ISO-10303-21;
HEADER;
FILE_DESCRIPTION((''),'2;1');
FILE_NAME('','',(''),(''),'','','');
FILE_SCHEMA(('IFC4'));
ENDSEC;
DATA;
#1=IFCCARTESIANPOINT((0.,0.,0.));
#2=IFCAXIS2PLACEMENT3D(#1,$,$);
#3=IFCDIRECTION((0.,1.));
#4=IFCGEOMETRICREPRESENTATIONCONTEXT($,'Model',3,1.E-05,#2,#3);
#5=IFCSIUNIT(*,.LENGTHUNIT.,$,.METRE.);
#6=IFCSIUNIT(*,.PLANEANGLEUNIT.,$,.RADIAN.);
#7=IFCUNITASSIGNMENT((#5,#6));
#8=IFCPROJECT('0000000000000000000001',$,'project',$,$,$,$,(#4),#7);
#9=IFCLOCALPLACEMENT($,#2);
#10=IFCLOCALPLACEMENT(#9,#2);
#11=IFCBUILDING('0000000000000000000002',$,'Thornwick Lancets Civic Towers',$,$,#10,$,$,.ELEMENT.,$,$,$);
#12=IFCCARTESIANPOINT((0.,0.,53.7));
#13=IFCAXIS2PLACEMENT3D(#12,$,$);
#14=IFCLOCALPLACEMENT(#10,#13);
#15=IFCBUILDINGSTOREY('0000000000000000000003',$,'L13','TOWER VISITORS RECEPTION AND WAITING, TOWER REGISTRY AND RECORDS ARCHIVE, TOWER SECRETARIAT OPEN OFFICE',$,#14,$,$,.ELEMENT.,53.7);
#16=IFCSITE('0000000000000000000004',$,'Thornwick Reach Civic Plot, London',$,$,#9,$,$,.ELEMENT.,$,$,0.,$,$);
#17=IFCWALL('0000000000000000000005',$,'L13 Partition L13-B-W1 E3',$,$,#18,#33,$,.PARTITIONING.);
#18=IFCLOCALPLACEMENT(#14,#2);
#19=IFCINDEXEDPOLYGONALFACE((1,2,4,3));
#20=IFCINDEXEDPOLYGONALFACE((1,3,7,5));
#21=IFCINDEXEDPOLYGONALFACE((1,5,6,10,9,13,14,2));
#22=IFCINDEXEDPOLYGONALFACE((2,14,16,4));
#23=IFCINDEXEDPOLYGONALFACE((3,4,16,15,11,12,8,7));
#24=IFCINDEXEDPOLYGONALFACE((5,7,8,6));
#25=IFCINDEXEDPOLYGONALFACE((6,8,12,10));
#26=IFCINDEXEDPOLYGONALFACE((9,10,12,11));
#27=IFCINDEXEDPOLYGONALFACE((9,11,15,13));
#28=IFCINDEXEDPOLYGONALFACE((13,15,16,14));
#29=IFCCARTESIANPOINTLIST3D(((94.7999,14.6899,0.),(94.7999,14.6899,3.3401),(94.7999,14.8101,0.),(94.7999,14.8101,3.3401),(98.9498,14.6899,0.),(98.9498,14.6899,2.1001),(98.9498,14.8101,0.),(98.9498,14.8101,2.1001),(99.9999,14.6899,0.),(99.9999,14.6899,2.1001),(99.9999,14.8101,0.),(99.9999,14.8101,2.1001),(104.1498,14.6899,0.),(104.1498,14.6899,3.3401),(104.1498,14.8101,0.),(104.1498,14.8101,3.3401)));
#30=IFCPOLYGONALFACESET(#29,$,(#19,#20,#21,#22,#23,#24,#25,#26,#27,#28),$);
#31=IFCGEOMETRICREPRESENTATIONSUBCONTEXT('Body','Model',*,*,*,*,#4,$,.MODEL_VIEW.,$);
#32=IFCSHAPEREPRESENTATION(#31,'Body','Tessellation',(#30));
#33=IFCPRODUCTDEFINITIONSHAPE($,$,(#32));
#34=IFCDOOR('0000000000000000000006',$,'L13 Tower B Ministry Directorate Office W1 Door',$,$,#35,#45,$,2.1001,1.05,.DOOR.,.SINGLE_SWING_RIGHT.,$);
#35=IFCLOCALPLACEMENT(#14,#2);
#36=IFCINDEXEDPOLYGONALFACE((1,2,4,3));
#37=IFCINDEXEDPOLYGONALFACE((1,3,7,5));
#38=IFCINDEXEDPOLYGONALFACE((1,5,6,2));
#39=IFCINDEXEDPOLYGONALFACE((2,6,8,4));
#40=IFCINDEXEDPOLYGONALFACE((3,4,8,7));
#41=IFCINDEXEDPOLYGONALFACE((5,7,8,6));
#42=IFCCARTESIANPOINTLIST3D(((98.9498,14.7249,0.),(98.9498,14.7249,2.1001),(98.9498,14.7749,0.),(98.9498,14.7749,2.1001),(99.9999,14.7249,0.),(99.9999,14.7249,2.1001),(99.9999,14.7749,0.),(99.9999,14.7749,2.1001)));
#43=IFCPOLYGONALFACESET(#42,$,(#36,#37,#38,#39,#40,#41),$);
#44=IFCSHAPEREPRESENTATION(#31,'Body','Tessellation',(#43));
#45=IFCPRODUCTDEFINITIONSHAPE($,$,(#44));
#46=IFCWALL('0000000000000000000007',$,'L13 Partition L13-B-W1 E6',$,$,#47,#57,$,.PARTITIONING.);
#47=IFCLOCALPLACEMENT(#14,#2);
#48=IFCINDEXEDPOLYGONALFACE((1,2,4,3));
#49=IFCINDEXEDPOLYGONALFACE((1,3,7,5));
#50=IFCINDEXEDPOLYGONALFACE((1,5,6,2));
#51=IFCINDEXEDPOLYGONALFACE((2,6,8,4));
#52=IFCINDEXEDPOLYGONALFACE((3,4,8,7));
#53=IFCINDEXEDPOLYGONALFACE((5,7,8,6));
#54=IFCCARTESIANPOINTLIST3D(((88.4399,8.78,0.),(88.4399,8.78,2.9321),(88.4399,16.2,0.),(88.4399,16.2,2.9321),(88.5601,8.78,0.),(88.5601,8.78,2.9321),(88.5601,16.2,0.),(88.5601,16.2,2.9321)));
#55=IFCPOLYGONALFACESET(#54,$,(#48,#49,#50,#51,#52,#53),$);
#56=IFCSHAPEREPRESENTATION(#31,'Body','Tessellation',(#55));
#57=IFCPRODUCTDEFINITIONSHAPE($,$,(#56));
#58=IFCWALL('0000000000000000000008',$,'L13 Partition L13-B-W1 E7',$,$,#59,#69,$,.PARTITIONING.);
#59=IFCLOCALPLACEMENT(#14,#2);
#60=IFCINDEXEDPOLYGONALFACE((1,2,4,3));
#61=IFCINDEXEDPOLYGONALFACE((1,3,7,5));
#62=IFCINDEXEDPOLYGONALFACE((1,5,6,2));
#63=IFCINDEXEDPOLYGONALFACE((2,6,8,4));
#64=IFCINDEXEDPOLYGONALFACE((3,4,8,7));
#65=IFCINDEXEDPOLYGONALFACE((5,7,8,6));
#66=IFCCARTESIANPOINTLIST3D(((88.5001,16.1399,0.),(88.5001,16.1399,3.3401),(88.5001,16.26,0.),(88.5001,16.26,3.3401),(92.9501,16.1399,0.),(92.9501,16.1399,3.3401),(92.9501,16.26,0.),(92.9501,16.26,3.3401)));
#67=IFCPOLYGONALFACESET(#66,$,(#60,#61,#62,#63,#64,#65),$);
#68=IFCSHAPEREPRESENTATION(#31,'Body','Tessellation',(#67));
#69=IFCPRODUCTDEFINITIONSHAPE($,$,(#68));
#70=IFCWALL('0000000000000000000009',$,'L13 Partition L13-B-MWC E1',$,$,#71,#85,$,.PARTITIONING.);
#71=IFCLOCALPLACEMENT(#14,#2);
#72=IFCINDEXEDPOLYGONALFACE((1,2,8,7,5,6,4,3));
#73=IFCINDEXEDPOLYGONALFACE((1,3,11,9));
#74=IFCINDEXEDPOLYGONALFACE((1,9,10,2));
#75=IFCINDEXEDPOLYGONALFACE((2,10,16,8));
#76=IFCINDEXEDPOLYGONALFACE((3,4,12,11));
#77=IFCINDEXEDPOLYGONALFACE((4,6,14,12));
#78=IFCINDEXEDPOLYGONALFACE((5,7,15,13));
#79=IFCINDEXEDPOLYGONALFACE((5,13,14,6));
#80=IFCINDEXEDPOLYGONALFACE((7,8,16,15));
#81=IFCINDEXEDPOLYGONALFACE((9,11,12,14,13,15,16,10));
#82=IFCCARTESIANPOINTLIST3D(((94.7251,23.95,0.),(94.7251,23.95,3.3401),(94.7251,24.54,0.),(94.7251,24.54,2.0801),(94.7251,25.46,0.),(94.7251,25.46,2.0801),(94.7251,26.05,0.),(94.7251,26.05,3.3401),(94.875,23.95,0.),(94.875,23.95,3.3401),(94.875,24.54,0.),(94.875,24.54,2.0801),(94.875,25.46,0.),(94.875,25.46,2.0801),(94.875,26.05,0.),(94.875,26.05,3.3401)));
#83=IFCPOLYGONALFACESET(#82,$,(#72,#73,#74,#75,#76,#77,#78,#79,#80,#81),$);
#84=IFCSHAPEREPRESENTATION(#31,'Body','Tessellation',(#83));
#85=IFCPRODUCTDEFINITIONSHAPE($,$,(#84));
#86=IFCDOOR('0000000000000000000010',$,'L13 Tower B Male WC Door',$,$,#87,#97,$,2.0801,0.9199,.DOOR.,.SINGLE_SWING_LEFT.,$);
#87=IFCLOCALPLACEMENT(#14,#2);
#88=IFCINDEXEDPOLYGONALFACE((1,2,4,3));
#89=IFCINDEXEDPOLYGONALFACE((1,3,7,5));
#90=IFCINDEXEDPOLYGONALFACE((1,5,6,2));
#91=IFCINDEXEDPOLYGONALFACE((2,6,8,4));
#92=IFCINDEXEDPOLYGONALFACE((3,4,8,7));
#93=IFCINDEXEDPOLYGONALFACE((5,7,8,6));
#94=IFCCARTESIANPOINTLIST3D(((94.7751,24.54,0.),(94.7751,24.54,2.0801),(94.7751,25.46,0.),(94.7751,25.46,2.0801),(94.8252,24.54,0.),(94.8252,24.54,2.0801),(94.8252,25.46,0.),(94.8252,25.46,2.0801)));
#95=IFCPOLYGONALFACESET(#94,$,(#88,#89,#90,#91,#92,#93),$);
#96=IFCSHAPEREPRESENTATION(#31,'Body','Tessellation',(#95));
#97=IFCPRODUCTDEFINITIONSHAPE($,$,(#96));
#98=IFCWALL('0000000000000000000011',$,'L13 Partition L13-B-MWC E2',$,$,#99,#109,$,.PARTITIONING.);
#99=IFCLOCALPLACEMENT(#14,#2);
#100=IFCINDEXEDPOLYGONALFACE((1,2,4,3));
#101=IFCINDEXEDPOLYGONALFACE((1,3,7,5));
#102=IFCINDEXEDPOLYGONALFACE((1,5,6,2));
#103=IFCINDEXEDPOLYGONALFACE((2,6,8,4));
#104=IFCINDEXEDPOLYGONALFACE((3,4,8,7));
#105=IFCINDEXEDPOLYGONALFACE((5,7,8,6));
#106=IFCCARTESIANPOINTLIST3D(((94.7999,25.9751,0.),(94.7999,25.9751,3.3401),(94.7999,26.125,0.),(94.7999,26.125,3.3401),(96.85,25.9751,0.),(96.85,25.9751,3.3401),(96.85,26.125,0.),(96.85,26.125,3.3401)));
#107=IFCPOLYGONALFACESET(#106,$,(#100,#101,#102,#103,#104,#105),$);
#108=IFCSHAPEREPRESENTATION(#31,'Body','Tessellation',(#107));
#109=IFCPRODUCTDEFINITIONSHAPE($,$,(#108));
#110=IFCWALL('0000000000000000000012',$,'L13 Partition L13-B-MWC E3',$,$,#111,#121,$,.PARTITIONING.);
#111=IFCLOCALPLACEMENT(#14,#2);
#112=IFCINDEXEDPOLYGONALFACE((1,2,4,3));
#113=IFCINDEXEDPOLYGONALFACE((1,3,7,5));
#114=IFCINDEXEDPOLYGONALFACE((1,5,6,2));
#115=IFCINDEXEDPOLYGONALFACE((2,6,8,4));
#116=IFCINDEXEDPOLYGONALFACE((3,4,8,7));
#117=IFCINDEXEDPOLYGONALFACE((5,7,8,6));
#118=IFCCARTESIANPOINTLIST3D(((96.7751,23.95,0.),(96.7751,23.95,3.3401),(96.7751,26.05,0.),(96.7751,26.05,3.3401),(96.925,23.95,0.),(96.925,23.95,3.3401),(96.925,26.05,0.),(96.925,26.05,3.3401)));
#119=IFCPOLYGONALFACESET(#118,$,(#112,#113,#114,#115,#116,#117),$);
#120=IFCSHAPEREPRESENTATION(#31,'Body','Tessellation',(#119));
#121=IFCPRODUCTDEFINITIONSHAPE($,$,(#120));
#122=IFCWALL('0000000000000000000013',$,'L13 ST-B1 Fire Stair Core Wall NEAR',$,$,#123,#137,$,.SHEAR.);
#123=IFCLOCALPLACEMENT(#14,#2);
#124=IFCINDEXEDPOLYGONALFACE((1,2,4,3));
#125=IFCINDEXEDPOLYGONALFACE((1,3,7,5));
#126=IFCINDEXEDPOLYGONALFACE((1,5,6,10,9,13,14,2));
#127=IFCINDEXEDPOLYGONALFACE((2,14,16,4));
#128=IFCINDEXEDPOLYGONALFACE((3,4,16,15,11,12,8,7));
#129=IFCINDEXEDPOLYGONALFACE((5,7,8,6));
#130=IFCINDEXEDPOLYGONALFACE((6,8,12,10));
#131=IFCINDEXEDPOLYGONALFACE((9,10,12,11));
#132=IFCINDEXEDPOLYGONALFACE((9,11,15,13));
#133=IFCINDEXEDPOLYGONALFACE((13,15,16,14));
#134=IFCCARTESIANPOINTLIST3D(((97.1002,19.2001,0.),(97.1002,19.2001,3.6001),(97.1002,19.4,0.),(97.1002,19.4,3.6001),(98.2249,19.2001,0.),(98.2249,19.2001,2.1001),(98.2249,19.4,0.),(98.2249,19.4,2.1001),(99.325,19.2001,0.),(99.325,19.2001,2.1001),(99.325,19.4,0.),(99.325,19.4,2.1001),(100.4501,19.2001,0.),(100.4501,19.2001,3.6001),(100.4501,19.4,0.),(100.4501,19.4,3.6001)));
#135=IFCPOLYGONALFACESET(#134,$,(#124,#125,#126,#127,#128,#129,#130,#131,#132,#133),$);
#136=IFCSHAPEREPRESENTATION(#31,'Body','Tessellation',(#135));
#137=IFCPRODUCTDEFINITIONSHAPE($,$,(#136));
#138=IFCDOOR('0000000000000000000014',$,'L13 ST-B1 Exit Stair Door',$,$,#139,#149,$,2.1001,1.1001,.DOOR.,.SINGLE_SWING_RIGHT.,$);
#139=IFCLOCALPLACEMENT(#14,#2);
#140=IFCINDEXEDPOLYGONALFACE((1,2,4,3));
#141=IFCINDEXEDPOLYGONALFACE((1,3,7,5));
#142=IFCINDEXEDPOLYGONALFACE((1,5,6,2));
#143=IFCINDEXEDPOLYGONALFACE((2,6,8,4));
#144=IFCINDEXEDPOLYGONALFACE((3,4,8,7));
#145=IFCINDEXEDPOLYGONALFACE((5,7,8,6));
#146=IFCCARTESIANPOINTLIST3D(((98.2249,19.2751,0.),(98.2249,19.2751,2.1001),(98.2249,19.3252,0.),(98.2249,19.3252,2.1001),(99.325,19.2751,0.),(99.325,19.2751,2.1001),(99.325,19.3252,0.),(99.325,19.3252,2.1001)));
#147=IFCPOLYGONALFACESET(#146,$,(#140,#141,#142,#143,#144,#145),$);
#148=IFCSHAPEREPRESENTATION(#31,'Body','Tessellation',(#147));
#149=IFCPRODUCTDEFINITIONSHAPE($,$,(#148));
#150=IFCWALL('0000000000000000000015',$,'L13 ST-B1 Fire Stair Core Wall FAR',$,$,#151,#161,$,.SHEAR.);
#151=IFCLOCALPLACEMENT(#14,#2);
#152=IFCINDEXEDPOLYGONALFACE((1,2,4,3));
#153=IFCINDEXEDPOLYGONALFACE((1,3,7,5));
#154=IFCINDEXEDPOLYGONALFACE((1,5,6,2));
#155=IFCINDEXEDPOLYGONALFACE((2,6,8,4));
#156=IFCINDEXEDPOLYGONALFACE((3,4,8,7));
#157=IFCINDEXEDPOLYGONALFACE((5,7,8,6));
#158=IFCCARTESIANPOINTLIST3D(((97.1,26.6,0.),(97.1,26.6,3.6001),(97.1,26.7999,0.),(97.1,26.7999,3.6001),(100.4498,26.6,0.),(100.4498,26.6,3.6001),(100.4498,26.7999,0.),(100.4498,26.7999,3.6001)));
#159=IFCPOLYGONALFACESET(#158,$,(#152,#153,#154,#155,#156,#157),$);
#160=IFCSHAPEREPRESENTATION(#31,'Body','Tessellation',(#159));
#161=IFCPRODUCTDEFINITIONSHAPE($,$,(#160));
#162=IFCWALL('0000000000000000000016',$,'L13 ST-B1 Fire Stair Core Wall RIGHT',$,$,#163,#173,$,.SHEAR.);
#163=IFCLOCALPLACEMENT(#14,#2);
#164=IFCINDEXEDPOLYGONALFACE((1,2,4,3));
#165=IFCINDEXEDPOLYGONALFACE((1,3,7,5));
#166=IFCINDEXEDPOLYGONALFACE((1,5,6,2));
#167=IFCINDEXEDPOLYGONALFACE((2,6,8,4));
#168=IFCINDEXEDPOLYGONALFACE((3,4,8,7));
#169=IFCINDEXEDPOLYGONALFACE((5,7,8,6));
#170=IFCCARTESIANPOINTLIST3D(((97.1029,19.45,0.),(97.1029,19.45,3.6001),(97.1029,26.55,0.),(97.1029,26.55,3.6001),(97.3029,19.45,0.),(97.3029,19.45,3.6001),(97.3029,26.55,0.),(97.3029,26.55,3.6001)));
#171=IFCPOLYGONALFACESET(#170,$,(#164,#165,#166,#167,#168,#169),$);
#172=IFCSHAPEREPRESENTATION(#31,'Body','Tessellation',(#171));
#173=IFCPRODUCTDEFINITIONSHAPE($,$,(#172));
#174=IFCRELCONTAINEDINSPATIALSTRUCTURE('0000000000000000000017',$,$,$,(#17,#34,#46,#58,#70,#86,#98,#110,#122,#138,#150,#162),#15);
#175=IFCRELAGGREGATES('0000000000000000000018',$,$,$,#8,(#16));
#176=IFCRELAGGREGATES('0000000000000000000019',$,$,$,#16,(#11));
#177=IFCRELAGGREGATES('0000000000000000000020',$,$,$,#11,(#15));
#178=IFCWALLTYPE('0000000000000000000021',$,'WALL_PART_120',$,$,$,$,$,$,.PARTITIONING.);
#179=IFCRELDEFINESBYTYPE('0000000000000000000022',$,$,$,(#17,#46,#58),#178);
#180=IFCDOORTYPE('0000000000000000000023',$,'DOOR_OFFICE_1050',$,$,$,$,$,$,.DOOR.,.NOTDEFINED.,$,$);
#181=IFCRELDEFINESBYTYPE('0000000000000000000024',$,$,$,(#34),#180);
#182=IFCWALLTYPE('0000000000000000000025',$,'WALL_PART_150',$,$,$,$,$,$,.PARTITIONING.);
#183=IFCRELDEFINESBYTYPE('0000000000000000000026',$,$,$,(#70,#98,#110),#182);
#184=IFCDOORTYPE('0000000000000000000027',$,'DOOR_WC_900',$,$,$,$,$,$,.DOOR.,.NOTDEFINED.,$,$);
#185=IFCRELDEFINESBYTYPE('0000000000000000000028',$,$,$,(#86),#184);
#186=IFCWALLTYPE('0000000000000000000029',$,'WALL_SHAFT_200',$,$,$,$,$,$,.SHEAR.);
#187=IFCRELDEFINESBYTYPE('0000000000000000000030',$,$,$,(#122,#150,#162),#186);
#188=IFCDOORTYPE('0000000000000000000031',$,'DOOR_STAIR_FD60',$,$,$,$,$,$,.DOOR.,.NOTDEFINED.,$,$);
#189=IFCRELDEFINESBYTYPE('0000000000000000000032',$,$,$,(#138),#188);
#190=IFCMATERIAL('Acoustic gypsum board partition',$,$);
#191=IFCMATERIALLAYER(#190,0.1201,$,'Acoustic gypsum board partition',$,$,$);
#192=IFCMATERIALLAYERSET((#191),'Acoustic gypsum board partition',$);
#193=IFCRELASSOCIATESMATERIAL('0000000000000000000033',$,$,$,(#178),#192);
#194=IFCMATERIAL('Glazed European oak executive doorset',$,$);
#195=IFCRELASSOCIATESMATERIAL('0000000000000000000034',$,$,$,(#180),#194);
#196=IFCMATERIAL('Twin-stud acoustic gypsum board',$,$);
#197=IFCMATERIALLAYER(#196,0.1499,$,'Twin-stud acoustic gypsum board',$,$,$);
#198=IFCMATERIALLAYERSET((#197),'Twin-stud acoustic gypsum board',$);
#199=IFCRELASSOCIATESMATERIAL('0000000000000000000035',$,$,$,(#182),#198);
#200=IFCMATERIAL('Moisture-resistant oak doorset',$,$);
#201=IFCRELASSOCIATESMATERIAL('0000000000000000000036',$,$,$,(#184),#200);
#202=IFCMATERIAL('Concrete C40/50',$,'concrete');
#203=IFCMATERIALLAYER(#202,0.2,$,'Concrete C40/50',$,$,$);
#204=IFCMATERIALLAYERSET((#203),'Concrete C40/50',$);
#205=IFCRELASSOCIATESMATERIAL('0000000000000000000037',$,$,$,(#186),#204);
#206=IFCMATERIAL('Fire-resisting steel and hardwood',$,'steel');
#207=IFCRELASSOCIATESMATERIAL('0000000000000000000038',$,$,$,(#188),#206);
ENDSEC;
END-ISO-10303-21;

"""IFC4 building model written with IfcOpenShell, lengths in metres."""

from ifc_helpers import new_model, si_unit, direction, frame, frame_2d, origin, place, context, subcontext, project, spatial, rectangle, extrude, material, layer, layer_set, type_object, element, fill, save


model = new_model("IFC4")

# Units and contexts
model_context = context("Model", 3, precision=1e-05, world=origin(), true_north=direction((0.0, 1.0)))
body_context = subcontext(model_context, "Body", "Model", "MODEL_VIEW")
ifc_project = project(units=[si_unit("LENGTHUNIT", "METRE"), si_unit("PLANEANGLEUNIT", "RADIAN")], contexts=[model_context])

# Site, building, storey
site_placement = place(None, origin())
site = spatial("IfcSite", under=ifc_project, at=site_placement, Name="Thornwick Reach Civic Plot, London", CompositionType="ELEMENT", RefElevation=0.0)
building_placement = place(site_placement, origin())
building = spatial("IfcBuilding", under=site, at=building_placement, Name="Thornwick Lancets Civic Towers", CompositionType="ELEMENT")
storey_placement = place(building_placement, frame((0.0, 0.0, 53.7)))
storey = spatial("IfcBuildingStorey", under=building, at=storey_placement, Name="L13", Description="TOWER VISITORS RECEPTION AND WAITING, TOWER REGISTRY AND RECORDS ARCHIVE, TOWER SECRETARIAT OPEN OFFICE", CompositionType="ELEMENT", Elevation=53.7)

# Shared definitions
ifc_material_1 = material(Name="Acoustic gypsum board partition")
ifc_layer_1 = layer(ifc_material_1, 0.1201, Name="Acoustic gypsum board partition")
ifc_layer_set_1 = layer_set([ifc_layer_1], Name="Acoustic gypsum board partition")
wall_type_1 = type_object("IfcWallType", Name="WALL_PART_120", PredefinedType="PARTITIONING", material=ifc_layer_set_1)

# Wall, opening, door
wall_1_placement = place(storey_placement, frame((94.8, 14.75, 0.0), z_axis=(0.0, 0.0, 1.0), x_axis=(1.0, 0.0, 0.0)))
wall_1 = element("IfcWall", 1, at=wall_1_placement, inside=storey, type_object=wall_type_1, Name="L13 Partition L13-B-W1 E3", PredefinedType="PARTITIONING", context=body_context, shape_type="SweptSolid", body=[
    extrude(rectangle(XDim=9.3499, YDim=0.1201, at=frame_2d((4.6748, 0.0))), origin(), (0.0, 0.0, 1.0), 3.3401),
])
opening_1_placement = place(wall_1_placement, frame((4.1499, 0.0, 0.0)))
opening_1 = element("IfcOpeningElement", 2, at=opening_1_placement, cuts=wall_1, PredefinedType="OPENING", context=body_context, shape_type="SweptSolid", body=[
    extrude(rectangle(XDim=1.05, YDim=2.1001, at=frame_2d((0.5249, 1.05))), frame((0.0, 0.0701, 0.0), z_axis=(0.0, -1.0, 0.0), x_axis=(1.0, 0.0, 0.0)), (0.0, 0.0, 1.0), 0.1401),
])
ifc_material_2 = material(Name="Glazed European oak executive doorset")
door_type_1 = type_object("IfcDoorType", Name="DOOR_OFFICE_1050", OperationType="NOTDEFINED", PredefinedType="DOOR", material=ifc_material_2)
door_1_placement = place(opening_1_placement, origin())
door_1 = element("IfcDoor", 3, at=door_1_placement, inside=storey, type_object=door_type_1, Name="L13 Tower B Ministry Directorate Office W1 Door", OperationType="SINGLE_SWING_RIGHT", OverallHeight=2.1001, OverallWidth=1.05, PredefinedType="DOOR", context=body_context, shape_type="SweptSolid", body=[
    extrude(rectangle(XDim=1.05, YDim=2.1001, at=frame_2d((0.5249, 1.05))), frame((0.0, 0.0249, 0.0), z_axis=(0.0, -1.0, 0.0), x_axis=(1.0, 0.0, 0.0)), (0.0, 0.0, 1.0), 0.05),
])
fill(opening_1, door_1)

# Walls
wall_2_placement = place(storey_placement, frame((88.5, 8.78, 0.0), z_axis=(0.0, 0.0, 1.0), x_axis=(0.0, 1.0, 0.0)))
element("IfcWall", 4, at=wall_2_placement, inside=storey, type_object=wall_type_1, Name="L13 Partition L13-B-W1 E6", PredefinedType="PARTITIONING", context=body_context, shape_type="SweptSolid", body=[
    extrude(rectangle(XDim=7.4199, YDim=0.1201, at=frame_2d((3.71, 0.0))), origin(), (0.0, 0.0, 1.0), 2.9321),
])
wall_3_placement = place(storey_placement, frame((88.5, 16.2, 0.0), z_axis=(0.0, 0.0, 1.0), x_axis=(1.0, 0.0, 0.0)))
element("IfcWall", 5, at=wall_3_placement, inside=storey, type_object=wall_type_1, Name="L13 Partition L13-B-W1 E7", PredefinedType="PARTITIONING", context=body_context, shape_type="SweptSolid", body=[
    extrude(rectangle(XDim=4.45, YDim=0.1201, at=frame_2d((2.2251, 0.0))), origin(), (0.0, 0.0, 1.0), 3.3401),
])

# Wall, opening, door
ifc_material_3 = material(Name="Twin-stud acoustic gypsum board")
ifc_layer_2 = layer(ifc_material_3, 0.1499, Name="Twin-stud acoustic gypsum board")
ifc_layer_set_2 = layer_set([ifc_layer_2], Name="Twin-stud acoustic gypsum board")
wall_type_2 = type_object("IfcWallType", Name="WALL_PART_150", PredefinedType="PARTITIONING", material=ifc_layer_set_2)
wall_4_placement = place(storey_placement, frame((94.8, 23.95, 0.0), z_axis=(0.0, 0.0, 1.0), x_axis=(0.0, 1.0, 0.0)))
wall_4 = element("IfcWall", 6, at=wall_4_placement, inside=storey, type_object=wall_type_2, Name="L13 Partition L13-B-MWC E1", PredefinedType="PARTITIONING", context=body_context, shape_type="SweptSolid", body=[
    extrude(rectangle(XDim=2.1001, YDim=0.1499, at=frame_2d((1.05, 0.0))), origin(), (0.0, 0.0, 1.0), 3.3401),
])
opening_2_placement = place(wall_4_placement, frame((0.5901, 0.0, 0.0)))
opening_2 = element("IfcOpeningElement", 7, at=opening_2_placement, cuts=wall_4, PredefinedType="OPENING", context=body_context, shape_type="SweptSolid", body=[
    extrude(rectangle(XDim=0.9199, YDim=2.0801, at=frame_2d((0.46, 1.04))), frame((0.0, 0.085, 0.0), z_axis=(0.0, -1.0, 0.0), x_axis=(1.0, 0.0, 0.0)), (0.0, 0.0, 1.0), 0.1699),
])
ifc_material_4 = material(Name="Moisture-resistant oak doorset")
door_type_2 = type_object("IfcDoorType", Name="DOOR_WC_900", OperationType="NOTDEFINED", PredefinedType="DOOR", material=ifc_material_4)
door_2_placement = place(opening_2_placement, origin())
door_2 = element("IfcDoor", 8, at=door_2_placement, inside=storey, type_object=door_type_2, Name="L13 Tower B Male WC Door", OperationType="SINGLE_SWING_LEFT", OverallHeight=2.0801, OverallWidth=0.9199, PredefinedType="DOOR", context=body_context, shape_type="SweptSolid", body=[
    extrude(rectangle(XDim=0.9199, YDim=2.0801, at=frame_2d((0.46, 1.04))), frame((0.0, 0.0249, 0.0), z_axis=(0.0, -1.0, 0.0), x_axis=(1.0, 0.0, 0.0)), (0.0, 0.0, 1.0), 0.05),
])
fill(opening_2, door_2)

# Walls
wall_5_placement = place(storey_placement, frame((94.8, 26.05, 0.0), z_axis=(0.0, 0.0, 1.0), x_axis=(1.0, 0.0, 0.0)))
element("IfcWall", 9, at=wall_5_placement, inside=storey, type_object=wall_type_2, Name="L13 Partition L13-B-MWC E2", PredefinedType="PARTITIONING", context=body_context, shape_type="SweptSolid", body=[
    extrude(rectangle(XDim=2.05, YDim=0.1499, at=frame_2d((1.0249, 0.0))), origin(), (0.0, 0.0, 1.0), 3.3401),
])
wall_6_placement = place(storey_placement, frame((96.8501, 26.05, 0.0), z_axis=(0.0, 0.0, 1.0), x_axis=(0.0, -1.0, 0.0)))
element("IfcWall", 10, at=wall_6_placement, inside=storey, type_object=wall_type_2, Name="L13 Partition L13-B-MWC E3", PredefinedType="PARTITIONING", context=body_context, shape_type="SweptSolid", body=[
    extrude(rectangle(XDim=2.1001, YDim=0.1499, at=frame_2d((1.05, 0.0))), origin(), (0.0, 0.0, 1.0), 3.3401),
])

# Wall, opening, door
ifc_material_5 = material(Name="Concrete C40/50", Category="concrete")
ifc_layer_3 = layer(ifc_material_5, 0.2, Name="Concrete C40/50")
ifc_layer_set_3 = layer_set([ifc_layer_3], Name="Concrete C40/50")
wall_type_3 = type_object("IfcWallType", Name="WALL_SHAFT_200", PredefinedType="SHEAR", material=ifc_layer_set_3)
wall_7_placement = place(storey_placement, frame((100.45, 19.3, 0.0), z_axis=(0.0, 0.0, 1.0), x_axis=(-1.0, 0.0, 0.0)))
wall_7 = element("IfcWall", 11, at=wall_7_placement, inside=storey, type_object=wall_type_3, Name="L13 ST-B1 Fire Stair Core Wall NEAR", PredefinedType="SHEAR", context=body_context, shape_type="SweptSolid", body=[
    extrude(rectangle(XDim=3.3499, YDim=0.2, at=frame_2d((1.6748, 0.0))), origin(), (0.0, 0.0, 1.0), 3.6001),
])
opening_3_placement = place(wall_7_placement, frame((1.125, 0.0, 0.0)))
opening_3 = element("IfcOpeningElement", 12, at=opening_3_placement, cuts=wall_7, PredefinedType="OPENING", context=body_context, shape_type="SweptSolid", body=[
    extrude(rectangle(XDim=1.1001, YDim=2.1001, at=frame_2d((0.55, 1.05))), frame((0.0, 0.1099, 0.0), z_axis=(0.0, -1.0, 0.0), x_axis=(1.0, 0.0, 0.0)), (0.0, 0.0, 1.0), 0.22),
])
ifc_material_6 = material(Name="Fire-resisting steel and hardwood", Category="steel")
door_type_3 = type_object("IfcDoorType", Name="DOOR_STAIR_FD60", OperationType="NOTDEFINED", PredefinedType="DOOR", material=ifc_material_6)
door_3_placement = place(opening_3_placement, origin())
door_3 = element("IfcDoor", 13, at=door_3_placement, inside=storey, type_object=door_type_3, Name="L13 ST-B1 Exit Stair Door", OperationType="SINGLE_SWING_RIGHT", OverallHeight=2.1001, OverallWidth=1.1001, PredefinedType="DOOR", context=body_context, shape_type="SweptSolid", body=[
    extrude(rectangle(XDim=1.1001, YDim=2.1001, at=frame_2d((0.55, 1.05))), frame((0.0, 0.0249, 0.0), z_axis=(0.0, -1.0, 0.0), x_axis=(1.0, 0.0, 0.0)), (0.0, 0.0, 1.0), 0.05),
])
fill(opening_3, door_3)

# Walls
wall_8_placement = place(storey_placement, frame((97.1001, 26.7, 0.0), z_axis=(0.0, 0.0, 1.0), x_axis=(1.0, 0.0, 0.0)))
element("IfcWall", 14, at=wall_8_placement, inside=storey, type_object=wall_type_3, Name="L13 ST-B1 Fire Stair Core Wall FAR", PredefinedType="SHEAR", context=body_context, shape_type="SweptSolid", body=[
    extrude(rectangle(XDim=3.3499, YDim=0.2, at=frame_2d((1.6748, 0.0))), origin(), (0.0, 0.0, 1.0), 3.6001),
])
wall_9_placement = place(storey_placement, frame((97.2029, 26.55, 0.0), z_axis=(0.0, 0.0, 1.0), x_axis=(0.0, -1.0, 0.0)))
element("IfcWall", 15, at=wall_9_placement, inside=storey, type_object=wall_type_3, Name="L13 ST-B1 Fire Stair Core Wall RIGHT", PredefinedType="SHEAR", context=body_context, shape_type="SweptSolid", body=[
    extrude(rectangle(XDim=7.1001, YDim=0.2, at=frame_2d((3.55, 0.0))), origin(), (0.0, 0.0, 1.0), 3.6001),
])

save(model, "model.ifc")
